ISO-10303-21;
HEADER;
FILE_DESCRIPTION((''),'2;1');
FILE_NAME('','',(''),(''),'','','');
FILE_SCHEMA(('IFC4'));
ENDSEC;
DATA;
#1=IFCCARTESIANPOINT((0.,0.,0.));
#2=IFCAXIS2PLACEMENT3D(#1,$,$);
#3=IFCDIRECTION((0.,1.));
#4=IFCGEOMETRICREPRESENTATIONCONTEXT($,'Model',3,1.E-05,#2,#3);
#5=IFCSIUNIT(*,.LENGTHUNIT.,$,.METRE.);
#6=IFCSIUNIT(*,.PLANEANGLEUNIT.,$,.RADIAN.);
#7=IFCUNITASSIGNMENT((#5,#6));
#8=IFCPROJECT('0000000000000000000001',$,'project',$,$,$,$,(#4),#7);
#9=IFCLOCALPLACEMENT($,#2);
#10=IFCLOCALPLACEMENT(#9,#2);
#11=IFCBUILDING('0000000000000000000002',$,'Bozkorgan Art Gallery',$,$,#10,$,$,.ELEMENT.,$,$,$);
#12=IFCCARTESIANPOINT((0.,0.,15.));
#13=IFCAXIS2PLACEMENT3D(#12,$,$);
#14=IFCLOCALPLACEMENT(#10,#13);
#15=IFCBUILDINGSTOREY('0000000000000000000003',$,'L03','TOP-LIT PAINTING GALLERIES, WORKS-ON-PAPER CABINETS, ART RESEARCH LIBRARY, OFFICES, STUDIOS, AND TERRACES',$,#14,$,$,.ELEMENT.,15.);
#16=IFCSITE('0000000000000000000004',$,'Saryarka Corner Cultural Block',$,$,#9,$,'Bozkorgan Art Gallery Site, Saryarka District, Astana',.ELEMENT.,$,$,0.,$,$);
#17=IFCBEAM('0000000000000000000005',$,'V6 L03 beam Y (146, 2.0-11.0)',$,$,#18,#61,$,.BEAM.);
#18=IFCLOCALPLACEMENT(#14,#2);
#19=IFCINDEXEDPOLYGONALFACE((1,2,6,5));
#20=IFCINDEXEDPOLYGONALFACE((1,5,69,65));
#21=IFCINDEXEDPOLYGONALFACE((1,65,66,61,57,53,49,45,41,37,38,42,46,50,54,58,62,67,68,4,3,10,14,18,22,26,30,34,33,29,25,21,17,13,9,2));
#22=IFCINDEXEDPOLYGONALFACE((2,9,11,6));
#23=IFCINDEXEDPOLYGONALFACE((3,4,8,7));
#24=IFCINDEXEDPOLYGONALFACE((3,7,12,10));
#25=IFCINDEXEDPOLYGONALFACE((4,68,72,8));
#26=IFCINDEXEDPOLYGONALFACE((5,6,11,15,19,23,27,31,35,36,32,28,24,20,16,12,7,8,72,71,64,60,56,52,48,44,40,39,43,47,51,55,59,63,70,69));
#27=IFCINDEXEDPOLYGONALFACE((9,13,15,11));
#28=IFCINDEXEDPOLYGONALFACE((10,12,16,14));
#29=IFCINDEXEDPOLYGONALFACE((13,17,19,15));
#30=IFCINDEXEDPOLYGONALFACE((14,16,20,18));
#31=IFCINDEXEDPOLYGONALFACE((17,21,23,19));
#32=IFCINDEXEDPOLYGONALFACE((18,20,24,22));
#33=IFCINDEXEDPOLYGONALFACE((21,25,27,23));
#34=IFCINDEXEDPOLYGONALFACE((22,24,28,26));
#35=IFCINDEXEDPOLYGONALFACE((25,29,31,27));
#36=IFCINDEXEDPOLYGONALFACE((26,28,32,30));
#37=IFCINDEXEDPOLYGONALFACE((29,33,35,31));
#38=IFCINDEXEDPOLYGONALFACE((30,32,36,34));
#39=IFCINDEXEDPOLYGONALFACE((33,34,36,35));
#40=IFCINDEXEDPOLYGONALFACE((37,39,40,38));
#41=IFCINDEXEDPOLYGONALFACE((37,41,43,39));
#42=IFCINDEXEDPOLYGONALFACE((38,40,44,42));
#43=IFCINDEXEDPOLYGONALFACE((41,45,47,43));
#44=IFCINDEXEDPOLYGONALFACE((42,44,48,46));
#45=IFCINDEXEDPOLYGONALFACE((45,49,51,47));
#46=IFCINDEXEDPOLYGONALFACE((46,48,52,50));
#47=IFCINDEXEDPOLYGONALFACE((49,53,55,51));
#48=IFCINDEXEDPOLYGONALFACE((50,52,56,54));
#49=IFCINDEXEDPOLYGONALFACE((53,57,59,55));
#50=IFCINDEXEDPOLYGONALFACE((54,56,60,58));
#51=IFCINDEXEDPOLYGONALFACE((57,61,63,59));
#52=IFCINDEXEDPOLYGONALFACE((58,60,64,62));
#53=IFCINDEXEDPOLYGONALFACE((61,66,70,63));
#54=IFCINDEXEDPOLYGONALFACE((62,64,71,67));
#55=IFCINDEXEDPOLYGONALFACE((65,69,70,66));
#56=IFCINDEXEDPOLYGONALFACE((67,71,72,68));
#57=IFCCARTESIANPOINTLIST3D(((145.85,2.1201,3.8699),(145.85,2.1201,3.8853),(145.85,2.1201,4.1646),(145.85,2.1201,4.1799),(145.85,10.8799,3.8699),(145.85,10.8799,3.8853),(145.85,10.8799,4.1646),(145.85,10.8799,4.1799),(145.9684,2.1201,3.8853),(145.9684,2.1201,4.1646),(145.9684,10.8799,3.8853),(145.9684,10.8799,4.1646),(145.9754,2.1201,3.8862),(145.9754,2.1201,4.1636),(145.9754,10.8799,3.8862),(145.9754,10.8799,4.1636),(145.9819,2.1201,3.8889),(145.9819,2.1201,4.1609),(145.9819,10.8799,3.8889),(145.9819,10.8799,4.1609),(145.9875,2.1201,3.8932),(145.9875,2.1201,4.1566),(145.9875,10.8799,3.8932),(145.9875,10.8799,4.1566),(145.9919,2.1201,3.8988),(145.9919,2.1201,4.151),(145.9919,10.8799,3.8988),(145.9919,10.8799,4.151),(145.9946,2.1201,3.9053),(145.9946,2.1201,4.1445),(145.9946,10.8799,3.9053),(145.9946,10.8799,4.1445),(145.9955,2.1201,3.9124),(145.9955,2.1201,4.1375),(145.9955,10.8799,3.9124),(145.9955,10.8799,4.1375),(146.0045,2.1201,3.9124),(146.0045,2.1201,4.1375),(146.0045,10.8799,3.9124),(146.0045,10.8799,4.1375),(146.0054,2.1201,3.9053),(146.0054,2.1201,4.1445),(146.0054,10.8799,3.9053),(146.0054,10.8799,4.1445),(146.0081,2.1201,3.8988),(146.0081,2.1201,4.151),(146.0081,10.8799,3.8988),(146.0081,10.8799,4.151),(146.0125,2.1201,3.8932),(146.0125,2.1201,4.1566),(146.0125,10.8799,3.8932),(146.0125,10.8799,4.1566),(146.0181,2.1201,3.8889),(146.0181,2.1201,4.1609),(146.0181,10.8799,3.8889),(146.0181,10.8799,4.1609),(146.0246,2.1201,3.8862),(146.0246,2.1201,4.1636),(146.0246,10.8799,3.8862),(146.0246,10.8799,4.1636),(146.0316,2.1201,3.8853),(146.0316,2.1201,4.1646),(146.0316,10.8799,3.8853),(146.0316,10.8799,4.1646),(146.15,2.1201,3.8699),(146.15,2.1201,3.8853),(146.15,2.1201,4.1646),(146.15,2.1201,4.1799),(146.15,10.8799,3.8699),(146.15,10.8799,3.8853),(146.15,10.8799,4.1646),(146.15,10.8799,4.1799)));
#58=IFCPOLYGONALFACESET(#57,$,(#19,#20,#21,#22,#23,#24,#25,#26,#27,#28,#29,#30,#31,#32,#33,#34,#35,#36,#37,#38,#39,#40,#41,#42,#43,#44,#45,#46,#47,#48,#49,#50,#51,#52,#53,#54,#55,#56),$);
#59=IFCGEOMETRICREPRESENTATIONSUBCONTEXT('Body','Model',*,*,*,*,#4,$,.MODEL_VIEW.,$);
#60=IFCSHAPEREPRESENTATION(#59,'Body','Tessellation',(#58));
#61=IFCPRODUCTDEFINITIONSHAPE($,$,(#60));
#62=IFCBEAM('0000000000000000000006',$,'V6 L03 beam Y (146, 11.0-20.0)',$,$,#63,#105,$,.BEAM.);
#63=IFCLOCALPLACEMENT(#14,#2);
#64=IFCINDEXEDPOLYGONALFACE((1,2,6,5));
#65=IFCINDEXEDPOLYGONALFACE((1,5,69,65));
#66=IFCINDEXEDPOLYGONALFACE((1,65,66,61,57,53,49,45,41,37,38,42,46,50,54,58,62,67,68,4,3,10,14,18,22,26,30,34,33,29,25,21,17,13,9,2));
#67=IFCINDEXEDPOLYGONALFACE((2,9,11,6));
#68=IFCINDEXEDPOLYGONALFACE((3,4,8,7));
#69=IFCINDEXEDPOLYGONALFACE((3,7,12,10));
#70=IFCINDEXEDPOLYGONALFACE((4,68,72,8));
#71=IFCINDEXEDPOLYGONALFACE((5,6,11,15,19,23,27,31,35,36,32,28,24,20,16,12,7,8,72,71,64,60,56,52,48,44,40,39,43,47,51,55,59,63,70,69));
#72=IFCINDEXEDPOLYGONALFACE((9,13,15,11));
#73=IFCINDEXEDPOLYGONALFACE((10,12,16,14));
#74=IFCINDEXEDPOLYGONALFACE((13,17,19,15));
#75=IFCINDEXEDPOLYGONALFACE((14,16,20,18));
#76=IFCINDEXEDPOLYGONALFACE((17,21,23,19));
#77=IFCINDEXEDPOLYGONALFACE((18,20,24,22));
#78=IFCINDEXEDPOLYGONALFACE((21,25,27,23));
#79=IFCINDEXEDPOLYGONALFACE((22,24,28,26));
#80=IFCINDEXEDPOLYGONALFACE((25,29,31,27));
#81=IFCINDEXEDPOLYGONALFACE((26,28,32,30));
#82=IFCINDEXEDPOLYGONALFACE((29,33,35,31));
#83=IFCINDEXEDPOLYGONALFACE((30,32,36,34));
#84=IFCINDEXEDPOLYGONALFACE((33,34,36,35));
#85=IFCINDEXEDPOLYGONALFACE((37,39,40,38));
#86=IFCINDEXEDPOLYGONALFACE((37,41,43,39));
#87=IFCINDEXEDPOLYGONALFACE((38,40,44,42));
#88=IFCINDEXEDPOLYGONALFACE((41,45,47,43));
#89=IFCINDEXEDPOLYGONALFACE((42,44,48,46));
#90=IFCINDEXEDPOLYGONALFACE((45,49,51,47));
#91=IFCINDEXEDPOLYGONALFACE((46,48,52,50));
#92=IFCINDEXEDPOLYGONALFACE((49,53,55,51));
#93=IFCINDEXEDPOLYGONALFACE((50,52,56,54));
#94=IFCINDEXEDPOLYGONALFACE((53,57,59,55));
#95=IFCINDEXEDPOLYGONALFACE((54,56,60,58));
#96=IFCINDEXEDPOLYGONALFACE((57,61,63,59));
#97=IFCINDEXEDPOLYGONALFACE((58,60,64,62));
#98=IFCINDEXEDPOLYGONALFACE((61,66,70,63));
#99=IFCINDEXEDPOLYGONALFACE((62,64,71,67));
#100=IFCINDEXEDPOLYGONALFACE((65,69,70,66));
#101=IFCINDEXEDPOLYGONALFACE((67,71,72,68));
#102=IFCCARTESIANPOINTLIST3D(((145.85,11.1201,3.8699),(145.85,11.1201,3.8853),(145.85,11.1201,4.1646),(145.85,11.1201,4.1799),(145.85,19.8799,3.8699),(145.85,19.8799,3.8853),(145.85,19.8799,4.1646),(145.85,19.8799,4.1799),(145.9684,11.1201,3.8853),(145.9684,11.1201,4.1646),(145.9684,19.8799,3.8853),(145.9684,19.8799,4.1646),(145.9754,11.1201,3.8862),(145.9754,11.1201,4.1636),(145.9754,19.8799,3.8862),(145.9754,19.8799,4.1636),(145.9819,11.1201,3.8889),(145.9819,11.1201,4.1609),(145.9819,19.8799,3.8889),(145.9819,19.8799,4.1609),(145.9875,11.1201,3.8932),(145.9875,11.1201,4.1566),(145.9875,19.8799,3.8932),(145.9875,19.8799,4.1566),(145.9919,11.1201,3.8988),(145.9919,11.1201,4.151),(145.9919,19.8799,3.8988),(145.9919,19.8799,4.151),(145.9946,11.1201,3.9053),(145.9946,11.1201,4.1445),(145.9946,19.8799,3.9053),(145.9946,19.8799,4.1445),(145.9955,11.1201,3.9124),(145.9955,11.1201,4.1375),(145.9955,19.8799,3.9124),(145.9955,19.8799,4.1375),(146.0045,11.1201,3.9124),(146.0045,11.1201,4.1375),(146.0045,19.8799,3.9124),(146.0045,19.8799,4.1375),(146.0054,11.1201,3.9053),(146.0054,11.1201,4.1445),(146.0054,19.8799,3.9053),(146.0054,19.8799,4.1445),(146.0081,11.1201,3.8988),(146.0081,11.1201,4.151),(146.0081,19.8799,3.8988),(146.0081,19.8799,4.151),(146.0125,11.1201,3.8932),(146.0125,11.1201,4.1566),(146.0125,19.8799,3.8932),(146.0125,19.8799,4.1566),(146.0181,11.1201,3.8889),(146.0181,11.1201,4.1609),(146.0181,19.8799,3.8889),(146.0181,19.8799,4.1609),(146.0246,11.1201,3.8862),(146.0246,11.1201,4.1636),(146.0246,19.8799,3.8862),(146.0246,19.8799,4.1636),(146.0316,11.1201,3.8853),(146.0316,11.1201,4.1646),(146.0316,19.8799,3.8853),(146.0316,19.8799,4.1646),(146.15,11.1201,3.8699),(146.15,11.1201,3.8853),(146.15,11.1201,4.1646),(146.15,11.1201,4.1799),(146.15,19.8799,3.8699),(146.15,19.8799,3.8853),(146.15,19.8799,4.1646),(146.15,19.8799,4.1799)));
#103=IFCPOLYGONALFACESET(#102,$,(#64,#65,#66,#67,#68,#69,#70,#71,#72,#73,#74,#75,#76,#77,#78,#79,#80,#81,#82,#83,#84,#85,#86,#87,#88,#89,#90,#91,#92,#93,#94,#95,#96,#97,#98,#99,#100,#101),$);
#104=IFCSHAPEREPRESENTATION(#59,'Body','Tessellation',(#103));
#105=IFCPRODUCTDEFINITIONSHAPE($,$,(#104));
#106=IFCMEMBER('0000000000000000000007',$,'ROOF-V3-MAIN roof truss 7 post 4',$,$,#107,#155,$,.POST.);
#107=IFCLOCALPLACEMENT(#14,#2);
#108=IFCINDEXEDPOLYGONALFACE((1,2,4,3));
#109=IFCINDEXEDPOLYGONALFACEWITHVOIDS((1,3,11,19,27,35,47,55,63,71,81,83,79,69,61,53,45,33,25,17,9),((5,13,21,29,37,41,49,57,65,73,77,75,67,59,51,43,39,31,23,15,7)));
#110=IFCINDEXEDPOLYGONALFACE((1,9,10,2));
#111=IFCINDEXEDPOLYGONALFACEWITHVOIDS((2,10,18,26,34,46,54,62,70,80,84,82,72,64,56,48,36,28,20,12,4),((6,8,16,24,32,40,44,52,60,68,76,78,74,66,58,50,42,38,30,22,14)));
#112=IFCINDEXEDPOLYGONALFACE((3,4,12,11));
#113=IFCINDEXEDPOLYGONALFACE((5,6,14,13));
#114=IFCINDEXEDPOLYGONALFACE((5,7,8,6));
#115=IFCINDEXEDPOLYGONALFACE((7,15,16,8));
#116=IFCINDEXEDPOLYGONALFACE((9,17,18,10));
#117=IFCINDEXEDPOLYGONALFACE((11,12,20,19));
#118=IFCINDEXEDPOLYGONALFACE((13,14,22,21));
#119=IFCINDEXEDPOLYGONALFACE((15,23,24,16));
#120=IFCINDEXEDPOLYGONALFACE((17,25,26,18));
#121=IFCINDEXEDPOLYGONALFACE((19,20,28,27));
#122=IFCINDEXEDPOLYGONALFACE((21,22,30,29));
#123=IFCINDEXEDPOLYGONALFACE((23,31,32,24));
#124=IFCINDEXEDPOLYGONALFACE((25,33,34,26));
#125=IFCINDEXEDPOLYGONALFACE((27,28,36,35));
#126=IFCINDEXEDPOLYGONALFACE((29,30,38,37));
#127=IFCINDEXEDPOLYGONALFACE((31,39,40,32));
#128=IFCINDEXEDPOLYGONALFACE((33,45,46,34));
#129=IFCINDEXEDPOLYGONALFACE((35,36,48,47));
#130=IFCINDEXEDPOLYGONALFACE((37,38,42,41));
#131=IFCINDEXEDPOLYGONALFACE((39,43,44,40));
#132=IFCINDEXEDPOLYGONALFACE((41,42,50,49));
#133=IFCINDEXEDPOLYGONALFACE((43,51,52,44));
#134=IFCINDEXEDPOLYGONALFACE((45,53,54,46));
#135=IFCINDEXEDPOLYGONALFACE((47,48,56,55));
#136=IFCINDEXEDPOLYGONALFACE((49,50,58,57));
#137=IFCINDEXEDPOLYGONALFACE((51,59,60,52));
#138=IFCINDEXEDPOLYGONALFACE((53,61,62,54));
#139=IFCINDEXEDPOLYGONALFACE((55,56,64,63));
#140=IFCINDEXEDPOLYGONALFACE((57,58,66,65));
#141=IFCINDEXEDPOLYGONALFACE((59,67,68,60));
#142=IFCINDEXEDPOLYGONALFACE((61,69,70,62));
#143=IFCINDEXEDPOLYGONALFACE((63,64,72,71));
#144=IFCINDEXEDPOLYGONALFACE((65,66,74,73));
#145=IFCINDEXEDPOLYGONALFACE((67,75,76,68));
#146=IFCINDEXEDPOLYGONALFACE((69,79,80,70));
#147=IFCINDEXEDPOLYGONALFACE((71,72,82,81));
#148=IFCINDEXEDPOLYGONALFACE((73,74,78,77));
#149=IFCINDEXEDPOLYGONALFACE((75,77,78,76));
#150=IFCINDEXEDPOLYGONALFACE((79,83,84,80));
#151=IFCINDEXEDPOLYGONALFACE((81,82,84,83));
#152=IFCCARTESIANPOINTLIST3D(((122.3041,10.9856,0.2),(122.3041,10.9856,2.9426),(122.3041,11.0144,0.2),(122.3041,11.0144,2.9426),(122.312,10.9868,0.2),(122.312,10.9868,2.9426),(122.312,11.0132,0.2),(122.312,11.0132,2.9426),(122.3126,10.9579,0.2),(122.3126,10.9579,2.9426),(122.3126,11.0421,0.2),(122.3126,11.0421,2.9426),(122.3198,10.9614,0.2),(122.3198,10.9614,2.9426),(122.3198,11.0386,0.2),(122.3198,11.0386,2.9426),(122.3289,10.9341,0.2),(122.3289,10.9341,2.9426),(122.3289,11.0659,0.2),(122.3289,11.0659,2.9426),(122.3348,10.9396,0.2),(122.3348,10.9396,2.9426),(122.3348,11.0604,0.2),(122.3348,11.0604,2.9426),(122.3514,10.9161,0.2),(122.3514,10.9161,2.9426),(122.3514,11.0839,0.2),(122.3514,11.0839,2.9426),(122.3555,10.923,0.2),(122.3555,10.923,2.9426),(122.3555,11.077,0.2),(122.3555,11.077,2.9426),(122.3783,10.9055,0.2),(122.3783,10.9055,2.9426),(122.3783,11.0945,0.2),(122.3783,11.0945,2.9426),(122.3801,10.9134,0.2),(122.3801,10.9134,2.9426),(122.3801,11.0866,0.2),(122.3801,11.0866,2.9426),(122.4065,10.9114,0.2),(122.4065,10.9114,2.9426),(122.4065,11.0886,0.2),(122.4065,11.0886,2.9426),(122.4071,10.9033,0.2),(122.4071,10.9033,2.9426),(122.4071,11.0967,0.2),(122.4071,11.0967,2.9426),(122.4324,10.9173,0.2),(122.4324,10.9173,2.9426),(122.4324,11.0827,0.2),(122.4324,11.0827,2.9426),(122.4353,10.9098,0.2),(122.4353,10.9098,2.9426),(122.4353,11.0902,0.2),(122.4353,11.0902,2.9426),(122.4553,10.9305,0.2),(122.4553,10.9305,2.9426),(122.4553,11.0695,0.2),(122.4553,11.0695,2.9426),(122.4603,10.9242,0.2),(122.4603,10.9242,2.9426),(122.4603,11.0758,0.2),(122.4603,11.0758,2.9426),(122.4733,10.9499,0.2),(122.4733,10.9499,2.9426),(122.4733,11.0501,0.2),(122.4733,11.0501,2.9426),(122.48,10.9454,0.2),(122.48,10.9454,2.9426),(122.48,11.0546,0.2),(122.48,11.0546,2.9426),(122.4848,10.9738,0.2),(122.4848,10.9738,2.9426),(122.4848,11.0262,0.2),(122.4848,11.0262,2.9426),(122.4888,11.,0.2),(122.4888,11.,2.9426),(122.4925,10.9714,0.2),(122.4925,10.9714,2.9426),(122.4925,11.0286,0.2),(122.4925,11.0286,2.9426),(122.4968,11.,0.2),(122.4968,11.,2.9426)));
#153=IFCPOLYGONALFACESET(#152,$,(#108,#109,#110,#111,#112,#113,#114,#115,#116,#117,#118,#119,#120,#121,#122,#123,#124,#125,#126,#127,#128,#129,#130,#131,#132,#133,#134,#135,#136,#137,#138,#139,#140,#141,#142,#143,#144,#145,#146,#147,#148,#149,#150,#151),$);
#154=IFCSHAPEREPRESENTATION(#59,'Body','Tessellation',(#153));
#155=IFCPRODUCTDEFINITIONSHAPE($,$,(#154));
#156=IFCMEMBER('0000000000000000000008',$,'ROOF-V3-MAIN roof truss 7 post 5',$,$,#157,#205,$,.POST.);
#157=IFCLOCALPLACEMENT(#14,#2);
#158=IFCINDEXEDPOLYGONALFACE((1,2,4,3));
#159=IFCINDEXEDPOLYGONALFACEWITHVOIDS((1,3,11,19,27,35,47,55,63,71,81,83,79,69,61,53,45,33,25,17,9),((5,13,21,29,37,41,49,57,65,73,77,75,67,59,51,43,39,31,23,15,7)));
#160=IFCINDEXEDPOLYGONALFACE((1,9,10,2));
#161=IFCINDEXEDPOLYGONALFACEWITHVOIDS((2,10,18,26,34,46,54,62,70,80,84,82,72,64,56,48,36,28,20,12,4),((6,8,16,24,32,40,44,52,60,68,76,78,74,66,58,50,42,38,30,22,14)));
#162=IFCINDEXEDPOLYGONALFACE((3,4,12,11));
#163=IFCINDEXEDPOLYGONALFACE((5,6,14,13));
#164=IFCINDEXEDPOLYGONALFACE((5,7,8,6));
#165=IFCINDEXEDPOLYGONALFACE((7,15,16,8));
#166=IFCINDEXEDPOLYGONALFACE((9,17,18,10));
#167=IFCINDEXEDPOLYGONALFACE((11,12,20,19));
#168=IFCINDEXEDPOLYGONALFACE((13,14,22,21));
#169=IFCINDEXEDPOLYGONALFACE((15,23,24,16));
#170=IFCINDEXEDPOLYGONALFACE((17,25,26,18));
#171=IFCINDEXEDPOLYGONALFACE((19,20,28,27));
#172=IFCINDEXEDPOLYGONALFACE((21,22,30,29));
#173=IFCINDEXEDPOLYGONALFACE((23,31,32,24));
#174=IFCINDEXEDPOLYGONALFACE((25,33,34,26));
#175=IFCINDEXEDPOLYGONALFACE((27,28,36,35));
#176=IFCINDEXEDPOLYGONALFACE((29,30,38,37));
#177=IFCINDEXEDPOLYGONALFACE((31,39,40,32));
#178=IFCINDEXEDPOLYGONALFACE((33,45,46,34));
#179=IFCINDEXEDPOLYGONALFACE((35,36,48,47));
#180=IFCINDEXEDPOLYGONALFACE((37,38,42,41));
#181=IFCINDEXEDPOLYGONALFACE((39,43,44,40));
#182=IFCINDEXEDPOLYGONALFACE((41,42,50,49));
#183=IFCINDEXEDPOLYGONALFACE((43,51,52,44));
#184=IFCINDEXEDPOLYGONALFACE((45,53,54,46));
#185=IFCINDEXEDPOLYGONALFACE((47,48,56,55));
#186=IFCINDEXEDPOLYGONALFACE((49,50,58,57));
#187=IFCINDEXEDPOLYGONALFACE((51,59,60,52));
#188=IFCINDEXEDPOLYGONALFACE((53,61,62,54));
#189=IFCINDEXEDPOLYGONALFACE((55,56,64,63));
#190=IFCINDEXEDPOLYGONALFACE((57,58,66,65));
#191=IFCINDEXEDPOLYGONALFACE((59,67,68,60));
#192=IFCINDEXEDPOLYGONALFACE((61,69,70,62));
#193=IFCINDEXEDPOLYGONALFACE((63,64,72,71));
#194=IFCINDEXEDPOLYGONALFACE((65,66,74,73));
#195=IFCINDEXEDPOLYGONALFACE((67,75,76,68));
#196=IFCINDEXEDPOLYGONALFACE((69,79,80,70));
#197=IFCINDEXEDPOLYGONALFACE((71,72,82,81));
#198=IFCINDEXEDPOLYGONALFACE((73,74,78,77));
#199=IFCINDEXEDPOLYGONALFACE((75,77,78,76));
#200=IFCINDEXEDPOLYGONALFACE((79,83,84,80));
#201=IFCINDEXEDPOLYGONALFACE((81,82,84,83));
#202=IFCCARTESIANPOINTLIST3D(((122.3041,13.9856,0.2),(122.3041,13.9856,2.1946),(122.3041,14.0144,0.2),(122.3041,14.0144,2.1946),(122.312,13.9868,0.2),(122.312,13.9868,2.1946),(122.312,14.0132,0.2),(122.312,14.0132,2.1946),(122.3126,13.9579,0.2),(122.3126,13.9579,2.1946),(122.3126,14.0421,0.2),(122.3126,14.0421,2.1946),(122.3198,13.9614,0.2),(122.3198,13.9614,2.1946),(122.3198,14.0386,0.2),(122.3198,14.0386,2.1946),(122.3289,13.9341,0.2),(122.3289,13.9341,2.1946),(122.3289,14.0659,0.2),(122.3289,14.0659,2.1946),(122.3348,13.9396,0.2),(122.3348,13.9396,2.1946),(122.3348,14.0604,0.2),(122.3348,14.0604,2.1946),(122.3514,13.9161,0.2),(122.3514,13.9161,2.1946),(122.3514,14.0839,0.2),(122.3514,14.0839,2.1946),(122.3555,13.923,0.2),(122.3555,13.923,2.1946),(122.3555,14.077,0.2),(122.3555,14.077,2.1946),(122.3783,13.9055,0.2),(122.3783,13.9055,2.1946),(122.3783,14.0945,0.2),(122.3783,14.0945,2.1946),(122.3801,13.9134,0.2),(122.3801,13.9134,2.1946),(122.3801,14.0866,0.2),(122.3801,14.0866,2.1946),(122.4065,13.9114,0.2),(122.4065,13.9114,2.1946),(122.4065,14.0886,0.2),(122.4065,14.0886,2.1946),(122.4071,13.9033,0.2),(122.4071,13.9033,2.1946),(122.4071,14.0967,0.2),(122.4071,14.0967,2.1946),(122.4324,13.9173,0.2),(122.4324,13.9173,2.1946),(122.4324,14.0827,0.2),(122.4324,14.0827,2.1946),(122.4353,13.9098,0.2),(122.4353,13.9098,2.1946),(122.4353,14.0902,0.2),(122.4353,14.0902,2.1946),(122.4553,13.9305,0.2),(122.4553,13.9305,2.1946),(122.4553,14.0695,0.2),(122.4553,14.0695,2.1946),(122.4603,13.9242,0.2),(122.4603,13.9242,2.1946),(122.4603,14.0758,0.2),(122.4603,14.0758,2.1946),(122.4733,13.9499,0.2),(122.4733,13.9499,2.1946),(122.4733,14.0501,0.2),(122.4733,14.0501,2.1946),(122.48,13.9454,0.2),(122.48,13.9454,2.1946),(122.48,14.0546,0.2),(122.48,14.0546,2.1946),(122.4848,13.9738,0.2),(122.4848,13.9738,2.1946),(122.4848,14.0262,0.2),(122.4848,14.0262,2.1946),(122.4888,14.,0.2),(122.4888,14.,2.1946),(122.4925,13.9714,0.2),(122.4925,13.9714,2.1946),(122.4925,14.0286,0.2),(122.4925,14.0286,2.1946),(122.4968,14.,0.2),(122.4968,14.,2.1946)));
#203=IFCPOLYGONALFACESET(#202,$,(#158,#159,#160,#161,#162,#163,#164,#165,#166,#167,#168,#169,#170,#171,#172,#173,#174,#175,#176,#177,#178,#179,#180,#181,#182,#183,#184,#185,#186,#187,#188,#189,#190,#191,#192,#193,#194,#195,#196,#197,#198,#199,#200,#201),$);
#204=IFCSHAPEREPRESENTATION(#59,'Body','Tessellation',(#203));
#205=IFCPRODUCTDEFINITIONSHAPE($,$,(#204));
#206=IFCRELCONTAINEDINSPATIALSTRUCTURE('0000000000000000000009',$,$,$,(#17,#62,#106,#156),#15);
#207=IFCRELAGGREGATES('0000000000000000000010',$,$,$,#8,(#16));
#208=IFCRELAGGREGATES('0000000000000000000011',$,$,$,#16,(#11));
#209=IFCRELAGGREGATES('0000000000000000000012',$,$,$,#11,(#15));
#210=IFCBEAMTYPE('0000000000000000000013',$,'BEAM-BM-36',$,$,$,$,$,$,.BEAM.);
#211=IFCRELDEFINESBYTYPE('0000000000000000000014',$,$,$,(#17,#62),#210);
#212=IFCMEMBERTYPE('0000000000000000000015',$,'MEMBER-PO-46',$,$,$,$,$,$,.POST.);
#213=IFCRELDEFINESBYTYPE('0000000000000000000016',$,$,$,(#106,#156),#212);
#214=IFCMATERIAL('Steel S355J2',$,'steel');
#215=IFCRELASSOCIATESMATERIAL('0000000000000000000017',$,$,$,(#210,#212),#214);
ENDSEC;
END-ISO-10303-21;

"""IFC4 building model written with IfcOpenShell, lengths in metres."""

from ifc_helpers import new_model, si_unit, direction, frame, origin, origin_2d, place, context, subcontext, project, spatial, hollow_circle, i_section, extrude, material, material_profile, profile_set, type_object, element, save


model = new_model("IFC4")

# Units and contexts
model_context = context("Model", 3, precision=1e-05, world=origin(), true_north=direction((0.0, 1.0)))
body_context = subcontext(model_context, "Body", "Model", "MODEL_VIEW")
ifc_project = project(units=[si_unit("LENGTHUNIT", "METRE"), si_unit("PLANEANGLEUNIT", "RADIAN")], contexts=[model_context])

# Site, building, storey
site_placement = place(None, origin())
site = spatial("IfcSite", under=ifc_project, at=site_placement, Name="Saryarka Corner Cultural Block", LongName="Bozkorgan Art Gallery Site, Saryarka District, Astana", CompositionType="ELEMENT", RefElevation=0.0)
building_placement = place(site_placement, origin())
building = spatial("IfcBuilding", under=site, at=building_placement, Name="Bozkorgan Art Gallery", CompositionType="ELEMENT")
storey_placement = place(building_placement, frame((0.0, 0.0, 15.0)))
storey = spatial("IfcBuildingStorey", under=building, at=storey_placement, Name="L03", Description="TOP-LIT PAINTING GALLERIES, WORKS-ON-PAPER CABINETS, ART RESEARCH LIBRARY, OFFICES, STUDIOS, AND TERRACES", CompositionType="ELEMENT", Elevation=15.0)

# Shared definitions
ifc_material_1 = material(Name="Steel S355J2", Category="steel")

# Beams
ifc_material_profile_1 = material_profile(ifc_material_1, i_section(OverallWidth=0.3, OverallDepth=0.3101, WebThickness=0.009, FlangeThickness=0.0154, FilletRadius=0.0271, at=origin_2d()), Name="HEA 320")
ifc_profile_set_1 = profile_set([ifc_material_profile_1], Name="Steel S355J2")
beam_type = type_object("IfcBeamType", Name="BEAM-BM-36", PredefinedType="BEAM", material=ifc_profile_set_1)
for number, where, z_axis, x_axis, name in (
    (1, (146.0, 2.1201, 4.0249), (0.0, 1.0, 0.0), (-1.0, 0.0, 0.0), "V6 L03 beam Y (146, 2.0-11.0)"),
    (2, (146.0, 11.1201, 4.0249), (0.0, 1.0, 0.0), (-1.0, 0.0, 0.0), "V6 L03 beam Y (146, 11.0-20.0)"),
):
    element("IfcBeam", number, at=place(storey_placement, frame(where, z_axis=z_axis, x_axis=x_axis)), inside=storey, type_object=beam_type, Name=name, PredefinedType="BEAM", context=body_context, shape_type="SweptSolid", body=[
        extrude(i_section(OverallWidth=0.3, OverallDepth=0.3101, WebThickness=0.009, FlangeThickness=0.0154, FilletRadius=0.0271, at=origin_2d()), origin(), (0.0, 0.0, 1.0), 8.7598),
    ])

# Members
ifc_material_profile_2 = material_profile(ifc_material_1, hollow_circle(Radius=0.0969, WallThickness=0.0081, at=origin_2d()), Name="CHS 193.7x8")
ifc_profile_set_2 = profile_set([ifc_material_profile_2], Name="Steel S355J2")
member_type_1 = type_object("IfcMemberType", Name="MEMBER-PO-46", PredefinedType="POST", material=ifc_profile_set_2)
member_1_placement = place(storey_placement, frame((122.3999, 11.0, 0.2), z_axis=(0.0, 0.0, 1.0), x_axis=(1.0, 0.0, 0.0)))
element("IfcMember", 3, at=member_1_placement, inside=storey, type_object=member_type_1, Name="ROOF-V3-MAIN roof truss 7 post 4", PredefinedType="POST", context=body_context, shape_type="SweptSolid", body=[
    extrude(hollow_circle(Radius=0.0969, WallThickness=0.0081, at=origin_2d()), origin(), (0.0, 0.0, 1.0), 2.7427),
])
member_2_placement = place(storey_placement, frame((122.3999, 14.0, 0.2), z_axis=(0.0, 0.0, 1.0), x_axis=(1.0, 0.0, 0.0)))
element("IfcMember", 4, at=member_2_placement, inside=storey, type_object=member_type_1, Name="ROOF-V3-MAIN roof truss 7 post 5", PredefinedType="POST", context=body_context, shape_type="SweptSolid", body=[
    extrude(hollow_circle(Radius=0.0969, WallThickness=0.0081, at=origin_2d()), origin(), (0.0, 0.0, 1.0), 1.9946),
])

save(model, "model.ifc")
